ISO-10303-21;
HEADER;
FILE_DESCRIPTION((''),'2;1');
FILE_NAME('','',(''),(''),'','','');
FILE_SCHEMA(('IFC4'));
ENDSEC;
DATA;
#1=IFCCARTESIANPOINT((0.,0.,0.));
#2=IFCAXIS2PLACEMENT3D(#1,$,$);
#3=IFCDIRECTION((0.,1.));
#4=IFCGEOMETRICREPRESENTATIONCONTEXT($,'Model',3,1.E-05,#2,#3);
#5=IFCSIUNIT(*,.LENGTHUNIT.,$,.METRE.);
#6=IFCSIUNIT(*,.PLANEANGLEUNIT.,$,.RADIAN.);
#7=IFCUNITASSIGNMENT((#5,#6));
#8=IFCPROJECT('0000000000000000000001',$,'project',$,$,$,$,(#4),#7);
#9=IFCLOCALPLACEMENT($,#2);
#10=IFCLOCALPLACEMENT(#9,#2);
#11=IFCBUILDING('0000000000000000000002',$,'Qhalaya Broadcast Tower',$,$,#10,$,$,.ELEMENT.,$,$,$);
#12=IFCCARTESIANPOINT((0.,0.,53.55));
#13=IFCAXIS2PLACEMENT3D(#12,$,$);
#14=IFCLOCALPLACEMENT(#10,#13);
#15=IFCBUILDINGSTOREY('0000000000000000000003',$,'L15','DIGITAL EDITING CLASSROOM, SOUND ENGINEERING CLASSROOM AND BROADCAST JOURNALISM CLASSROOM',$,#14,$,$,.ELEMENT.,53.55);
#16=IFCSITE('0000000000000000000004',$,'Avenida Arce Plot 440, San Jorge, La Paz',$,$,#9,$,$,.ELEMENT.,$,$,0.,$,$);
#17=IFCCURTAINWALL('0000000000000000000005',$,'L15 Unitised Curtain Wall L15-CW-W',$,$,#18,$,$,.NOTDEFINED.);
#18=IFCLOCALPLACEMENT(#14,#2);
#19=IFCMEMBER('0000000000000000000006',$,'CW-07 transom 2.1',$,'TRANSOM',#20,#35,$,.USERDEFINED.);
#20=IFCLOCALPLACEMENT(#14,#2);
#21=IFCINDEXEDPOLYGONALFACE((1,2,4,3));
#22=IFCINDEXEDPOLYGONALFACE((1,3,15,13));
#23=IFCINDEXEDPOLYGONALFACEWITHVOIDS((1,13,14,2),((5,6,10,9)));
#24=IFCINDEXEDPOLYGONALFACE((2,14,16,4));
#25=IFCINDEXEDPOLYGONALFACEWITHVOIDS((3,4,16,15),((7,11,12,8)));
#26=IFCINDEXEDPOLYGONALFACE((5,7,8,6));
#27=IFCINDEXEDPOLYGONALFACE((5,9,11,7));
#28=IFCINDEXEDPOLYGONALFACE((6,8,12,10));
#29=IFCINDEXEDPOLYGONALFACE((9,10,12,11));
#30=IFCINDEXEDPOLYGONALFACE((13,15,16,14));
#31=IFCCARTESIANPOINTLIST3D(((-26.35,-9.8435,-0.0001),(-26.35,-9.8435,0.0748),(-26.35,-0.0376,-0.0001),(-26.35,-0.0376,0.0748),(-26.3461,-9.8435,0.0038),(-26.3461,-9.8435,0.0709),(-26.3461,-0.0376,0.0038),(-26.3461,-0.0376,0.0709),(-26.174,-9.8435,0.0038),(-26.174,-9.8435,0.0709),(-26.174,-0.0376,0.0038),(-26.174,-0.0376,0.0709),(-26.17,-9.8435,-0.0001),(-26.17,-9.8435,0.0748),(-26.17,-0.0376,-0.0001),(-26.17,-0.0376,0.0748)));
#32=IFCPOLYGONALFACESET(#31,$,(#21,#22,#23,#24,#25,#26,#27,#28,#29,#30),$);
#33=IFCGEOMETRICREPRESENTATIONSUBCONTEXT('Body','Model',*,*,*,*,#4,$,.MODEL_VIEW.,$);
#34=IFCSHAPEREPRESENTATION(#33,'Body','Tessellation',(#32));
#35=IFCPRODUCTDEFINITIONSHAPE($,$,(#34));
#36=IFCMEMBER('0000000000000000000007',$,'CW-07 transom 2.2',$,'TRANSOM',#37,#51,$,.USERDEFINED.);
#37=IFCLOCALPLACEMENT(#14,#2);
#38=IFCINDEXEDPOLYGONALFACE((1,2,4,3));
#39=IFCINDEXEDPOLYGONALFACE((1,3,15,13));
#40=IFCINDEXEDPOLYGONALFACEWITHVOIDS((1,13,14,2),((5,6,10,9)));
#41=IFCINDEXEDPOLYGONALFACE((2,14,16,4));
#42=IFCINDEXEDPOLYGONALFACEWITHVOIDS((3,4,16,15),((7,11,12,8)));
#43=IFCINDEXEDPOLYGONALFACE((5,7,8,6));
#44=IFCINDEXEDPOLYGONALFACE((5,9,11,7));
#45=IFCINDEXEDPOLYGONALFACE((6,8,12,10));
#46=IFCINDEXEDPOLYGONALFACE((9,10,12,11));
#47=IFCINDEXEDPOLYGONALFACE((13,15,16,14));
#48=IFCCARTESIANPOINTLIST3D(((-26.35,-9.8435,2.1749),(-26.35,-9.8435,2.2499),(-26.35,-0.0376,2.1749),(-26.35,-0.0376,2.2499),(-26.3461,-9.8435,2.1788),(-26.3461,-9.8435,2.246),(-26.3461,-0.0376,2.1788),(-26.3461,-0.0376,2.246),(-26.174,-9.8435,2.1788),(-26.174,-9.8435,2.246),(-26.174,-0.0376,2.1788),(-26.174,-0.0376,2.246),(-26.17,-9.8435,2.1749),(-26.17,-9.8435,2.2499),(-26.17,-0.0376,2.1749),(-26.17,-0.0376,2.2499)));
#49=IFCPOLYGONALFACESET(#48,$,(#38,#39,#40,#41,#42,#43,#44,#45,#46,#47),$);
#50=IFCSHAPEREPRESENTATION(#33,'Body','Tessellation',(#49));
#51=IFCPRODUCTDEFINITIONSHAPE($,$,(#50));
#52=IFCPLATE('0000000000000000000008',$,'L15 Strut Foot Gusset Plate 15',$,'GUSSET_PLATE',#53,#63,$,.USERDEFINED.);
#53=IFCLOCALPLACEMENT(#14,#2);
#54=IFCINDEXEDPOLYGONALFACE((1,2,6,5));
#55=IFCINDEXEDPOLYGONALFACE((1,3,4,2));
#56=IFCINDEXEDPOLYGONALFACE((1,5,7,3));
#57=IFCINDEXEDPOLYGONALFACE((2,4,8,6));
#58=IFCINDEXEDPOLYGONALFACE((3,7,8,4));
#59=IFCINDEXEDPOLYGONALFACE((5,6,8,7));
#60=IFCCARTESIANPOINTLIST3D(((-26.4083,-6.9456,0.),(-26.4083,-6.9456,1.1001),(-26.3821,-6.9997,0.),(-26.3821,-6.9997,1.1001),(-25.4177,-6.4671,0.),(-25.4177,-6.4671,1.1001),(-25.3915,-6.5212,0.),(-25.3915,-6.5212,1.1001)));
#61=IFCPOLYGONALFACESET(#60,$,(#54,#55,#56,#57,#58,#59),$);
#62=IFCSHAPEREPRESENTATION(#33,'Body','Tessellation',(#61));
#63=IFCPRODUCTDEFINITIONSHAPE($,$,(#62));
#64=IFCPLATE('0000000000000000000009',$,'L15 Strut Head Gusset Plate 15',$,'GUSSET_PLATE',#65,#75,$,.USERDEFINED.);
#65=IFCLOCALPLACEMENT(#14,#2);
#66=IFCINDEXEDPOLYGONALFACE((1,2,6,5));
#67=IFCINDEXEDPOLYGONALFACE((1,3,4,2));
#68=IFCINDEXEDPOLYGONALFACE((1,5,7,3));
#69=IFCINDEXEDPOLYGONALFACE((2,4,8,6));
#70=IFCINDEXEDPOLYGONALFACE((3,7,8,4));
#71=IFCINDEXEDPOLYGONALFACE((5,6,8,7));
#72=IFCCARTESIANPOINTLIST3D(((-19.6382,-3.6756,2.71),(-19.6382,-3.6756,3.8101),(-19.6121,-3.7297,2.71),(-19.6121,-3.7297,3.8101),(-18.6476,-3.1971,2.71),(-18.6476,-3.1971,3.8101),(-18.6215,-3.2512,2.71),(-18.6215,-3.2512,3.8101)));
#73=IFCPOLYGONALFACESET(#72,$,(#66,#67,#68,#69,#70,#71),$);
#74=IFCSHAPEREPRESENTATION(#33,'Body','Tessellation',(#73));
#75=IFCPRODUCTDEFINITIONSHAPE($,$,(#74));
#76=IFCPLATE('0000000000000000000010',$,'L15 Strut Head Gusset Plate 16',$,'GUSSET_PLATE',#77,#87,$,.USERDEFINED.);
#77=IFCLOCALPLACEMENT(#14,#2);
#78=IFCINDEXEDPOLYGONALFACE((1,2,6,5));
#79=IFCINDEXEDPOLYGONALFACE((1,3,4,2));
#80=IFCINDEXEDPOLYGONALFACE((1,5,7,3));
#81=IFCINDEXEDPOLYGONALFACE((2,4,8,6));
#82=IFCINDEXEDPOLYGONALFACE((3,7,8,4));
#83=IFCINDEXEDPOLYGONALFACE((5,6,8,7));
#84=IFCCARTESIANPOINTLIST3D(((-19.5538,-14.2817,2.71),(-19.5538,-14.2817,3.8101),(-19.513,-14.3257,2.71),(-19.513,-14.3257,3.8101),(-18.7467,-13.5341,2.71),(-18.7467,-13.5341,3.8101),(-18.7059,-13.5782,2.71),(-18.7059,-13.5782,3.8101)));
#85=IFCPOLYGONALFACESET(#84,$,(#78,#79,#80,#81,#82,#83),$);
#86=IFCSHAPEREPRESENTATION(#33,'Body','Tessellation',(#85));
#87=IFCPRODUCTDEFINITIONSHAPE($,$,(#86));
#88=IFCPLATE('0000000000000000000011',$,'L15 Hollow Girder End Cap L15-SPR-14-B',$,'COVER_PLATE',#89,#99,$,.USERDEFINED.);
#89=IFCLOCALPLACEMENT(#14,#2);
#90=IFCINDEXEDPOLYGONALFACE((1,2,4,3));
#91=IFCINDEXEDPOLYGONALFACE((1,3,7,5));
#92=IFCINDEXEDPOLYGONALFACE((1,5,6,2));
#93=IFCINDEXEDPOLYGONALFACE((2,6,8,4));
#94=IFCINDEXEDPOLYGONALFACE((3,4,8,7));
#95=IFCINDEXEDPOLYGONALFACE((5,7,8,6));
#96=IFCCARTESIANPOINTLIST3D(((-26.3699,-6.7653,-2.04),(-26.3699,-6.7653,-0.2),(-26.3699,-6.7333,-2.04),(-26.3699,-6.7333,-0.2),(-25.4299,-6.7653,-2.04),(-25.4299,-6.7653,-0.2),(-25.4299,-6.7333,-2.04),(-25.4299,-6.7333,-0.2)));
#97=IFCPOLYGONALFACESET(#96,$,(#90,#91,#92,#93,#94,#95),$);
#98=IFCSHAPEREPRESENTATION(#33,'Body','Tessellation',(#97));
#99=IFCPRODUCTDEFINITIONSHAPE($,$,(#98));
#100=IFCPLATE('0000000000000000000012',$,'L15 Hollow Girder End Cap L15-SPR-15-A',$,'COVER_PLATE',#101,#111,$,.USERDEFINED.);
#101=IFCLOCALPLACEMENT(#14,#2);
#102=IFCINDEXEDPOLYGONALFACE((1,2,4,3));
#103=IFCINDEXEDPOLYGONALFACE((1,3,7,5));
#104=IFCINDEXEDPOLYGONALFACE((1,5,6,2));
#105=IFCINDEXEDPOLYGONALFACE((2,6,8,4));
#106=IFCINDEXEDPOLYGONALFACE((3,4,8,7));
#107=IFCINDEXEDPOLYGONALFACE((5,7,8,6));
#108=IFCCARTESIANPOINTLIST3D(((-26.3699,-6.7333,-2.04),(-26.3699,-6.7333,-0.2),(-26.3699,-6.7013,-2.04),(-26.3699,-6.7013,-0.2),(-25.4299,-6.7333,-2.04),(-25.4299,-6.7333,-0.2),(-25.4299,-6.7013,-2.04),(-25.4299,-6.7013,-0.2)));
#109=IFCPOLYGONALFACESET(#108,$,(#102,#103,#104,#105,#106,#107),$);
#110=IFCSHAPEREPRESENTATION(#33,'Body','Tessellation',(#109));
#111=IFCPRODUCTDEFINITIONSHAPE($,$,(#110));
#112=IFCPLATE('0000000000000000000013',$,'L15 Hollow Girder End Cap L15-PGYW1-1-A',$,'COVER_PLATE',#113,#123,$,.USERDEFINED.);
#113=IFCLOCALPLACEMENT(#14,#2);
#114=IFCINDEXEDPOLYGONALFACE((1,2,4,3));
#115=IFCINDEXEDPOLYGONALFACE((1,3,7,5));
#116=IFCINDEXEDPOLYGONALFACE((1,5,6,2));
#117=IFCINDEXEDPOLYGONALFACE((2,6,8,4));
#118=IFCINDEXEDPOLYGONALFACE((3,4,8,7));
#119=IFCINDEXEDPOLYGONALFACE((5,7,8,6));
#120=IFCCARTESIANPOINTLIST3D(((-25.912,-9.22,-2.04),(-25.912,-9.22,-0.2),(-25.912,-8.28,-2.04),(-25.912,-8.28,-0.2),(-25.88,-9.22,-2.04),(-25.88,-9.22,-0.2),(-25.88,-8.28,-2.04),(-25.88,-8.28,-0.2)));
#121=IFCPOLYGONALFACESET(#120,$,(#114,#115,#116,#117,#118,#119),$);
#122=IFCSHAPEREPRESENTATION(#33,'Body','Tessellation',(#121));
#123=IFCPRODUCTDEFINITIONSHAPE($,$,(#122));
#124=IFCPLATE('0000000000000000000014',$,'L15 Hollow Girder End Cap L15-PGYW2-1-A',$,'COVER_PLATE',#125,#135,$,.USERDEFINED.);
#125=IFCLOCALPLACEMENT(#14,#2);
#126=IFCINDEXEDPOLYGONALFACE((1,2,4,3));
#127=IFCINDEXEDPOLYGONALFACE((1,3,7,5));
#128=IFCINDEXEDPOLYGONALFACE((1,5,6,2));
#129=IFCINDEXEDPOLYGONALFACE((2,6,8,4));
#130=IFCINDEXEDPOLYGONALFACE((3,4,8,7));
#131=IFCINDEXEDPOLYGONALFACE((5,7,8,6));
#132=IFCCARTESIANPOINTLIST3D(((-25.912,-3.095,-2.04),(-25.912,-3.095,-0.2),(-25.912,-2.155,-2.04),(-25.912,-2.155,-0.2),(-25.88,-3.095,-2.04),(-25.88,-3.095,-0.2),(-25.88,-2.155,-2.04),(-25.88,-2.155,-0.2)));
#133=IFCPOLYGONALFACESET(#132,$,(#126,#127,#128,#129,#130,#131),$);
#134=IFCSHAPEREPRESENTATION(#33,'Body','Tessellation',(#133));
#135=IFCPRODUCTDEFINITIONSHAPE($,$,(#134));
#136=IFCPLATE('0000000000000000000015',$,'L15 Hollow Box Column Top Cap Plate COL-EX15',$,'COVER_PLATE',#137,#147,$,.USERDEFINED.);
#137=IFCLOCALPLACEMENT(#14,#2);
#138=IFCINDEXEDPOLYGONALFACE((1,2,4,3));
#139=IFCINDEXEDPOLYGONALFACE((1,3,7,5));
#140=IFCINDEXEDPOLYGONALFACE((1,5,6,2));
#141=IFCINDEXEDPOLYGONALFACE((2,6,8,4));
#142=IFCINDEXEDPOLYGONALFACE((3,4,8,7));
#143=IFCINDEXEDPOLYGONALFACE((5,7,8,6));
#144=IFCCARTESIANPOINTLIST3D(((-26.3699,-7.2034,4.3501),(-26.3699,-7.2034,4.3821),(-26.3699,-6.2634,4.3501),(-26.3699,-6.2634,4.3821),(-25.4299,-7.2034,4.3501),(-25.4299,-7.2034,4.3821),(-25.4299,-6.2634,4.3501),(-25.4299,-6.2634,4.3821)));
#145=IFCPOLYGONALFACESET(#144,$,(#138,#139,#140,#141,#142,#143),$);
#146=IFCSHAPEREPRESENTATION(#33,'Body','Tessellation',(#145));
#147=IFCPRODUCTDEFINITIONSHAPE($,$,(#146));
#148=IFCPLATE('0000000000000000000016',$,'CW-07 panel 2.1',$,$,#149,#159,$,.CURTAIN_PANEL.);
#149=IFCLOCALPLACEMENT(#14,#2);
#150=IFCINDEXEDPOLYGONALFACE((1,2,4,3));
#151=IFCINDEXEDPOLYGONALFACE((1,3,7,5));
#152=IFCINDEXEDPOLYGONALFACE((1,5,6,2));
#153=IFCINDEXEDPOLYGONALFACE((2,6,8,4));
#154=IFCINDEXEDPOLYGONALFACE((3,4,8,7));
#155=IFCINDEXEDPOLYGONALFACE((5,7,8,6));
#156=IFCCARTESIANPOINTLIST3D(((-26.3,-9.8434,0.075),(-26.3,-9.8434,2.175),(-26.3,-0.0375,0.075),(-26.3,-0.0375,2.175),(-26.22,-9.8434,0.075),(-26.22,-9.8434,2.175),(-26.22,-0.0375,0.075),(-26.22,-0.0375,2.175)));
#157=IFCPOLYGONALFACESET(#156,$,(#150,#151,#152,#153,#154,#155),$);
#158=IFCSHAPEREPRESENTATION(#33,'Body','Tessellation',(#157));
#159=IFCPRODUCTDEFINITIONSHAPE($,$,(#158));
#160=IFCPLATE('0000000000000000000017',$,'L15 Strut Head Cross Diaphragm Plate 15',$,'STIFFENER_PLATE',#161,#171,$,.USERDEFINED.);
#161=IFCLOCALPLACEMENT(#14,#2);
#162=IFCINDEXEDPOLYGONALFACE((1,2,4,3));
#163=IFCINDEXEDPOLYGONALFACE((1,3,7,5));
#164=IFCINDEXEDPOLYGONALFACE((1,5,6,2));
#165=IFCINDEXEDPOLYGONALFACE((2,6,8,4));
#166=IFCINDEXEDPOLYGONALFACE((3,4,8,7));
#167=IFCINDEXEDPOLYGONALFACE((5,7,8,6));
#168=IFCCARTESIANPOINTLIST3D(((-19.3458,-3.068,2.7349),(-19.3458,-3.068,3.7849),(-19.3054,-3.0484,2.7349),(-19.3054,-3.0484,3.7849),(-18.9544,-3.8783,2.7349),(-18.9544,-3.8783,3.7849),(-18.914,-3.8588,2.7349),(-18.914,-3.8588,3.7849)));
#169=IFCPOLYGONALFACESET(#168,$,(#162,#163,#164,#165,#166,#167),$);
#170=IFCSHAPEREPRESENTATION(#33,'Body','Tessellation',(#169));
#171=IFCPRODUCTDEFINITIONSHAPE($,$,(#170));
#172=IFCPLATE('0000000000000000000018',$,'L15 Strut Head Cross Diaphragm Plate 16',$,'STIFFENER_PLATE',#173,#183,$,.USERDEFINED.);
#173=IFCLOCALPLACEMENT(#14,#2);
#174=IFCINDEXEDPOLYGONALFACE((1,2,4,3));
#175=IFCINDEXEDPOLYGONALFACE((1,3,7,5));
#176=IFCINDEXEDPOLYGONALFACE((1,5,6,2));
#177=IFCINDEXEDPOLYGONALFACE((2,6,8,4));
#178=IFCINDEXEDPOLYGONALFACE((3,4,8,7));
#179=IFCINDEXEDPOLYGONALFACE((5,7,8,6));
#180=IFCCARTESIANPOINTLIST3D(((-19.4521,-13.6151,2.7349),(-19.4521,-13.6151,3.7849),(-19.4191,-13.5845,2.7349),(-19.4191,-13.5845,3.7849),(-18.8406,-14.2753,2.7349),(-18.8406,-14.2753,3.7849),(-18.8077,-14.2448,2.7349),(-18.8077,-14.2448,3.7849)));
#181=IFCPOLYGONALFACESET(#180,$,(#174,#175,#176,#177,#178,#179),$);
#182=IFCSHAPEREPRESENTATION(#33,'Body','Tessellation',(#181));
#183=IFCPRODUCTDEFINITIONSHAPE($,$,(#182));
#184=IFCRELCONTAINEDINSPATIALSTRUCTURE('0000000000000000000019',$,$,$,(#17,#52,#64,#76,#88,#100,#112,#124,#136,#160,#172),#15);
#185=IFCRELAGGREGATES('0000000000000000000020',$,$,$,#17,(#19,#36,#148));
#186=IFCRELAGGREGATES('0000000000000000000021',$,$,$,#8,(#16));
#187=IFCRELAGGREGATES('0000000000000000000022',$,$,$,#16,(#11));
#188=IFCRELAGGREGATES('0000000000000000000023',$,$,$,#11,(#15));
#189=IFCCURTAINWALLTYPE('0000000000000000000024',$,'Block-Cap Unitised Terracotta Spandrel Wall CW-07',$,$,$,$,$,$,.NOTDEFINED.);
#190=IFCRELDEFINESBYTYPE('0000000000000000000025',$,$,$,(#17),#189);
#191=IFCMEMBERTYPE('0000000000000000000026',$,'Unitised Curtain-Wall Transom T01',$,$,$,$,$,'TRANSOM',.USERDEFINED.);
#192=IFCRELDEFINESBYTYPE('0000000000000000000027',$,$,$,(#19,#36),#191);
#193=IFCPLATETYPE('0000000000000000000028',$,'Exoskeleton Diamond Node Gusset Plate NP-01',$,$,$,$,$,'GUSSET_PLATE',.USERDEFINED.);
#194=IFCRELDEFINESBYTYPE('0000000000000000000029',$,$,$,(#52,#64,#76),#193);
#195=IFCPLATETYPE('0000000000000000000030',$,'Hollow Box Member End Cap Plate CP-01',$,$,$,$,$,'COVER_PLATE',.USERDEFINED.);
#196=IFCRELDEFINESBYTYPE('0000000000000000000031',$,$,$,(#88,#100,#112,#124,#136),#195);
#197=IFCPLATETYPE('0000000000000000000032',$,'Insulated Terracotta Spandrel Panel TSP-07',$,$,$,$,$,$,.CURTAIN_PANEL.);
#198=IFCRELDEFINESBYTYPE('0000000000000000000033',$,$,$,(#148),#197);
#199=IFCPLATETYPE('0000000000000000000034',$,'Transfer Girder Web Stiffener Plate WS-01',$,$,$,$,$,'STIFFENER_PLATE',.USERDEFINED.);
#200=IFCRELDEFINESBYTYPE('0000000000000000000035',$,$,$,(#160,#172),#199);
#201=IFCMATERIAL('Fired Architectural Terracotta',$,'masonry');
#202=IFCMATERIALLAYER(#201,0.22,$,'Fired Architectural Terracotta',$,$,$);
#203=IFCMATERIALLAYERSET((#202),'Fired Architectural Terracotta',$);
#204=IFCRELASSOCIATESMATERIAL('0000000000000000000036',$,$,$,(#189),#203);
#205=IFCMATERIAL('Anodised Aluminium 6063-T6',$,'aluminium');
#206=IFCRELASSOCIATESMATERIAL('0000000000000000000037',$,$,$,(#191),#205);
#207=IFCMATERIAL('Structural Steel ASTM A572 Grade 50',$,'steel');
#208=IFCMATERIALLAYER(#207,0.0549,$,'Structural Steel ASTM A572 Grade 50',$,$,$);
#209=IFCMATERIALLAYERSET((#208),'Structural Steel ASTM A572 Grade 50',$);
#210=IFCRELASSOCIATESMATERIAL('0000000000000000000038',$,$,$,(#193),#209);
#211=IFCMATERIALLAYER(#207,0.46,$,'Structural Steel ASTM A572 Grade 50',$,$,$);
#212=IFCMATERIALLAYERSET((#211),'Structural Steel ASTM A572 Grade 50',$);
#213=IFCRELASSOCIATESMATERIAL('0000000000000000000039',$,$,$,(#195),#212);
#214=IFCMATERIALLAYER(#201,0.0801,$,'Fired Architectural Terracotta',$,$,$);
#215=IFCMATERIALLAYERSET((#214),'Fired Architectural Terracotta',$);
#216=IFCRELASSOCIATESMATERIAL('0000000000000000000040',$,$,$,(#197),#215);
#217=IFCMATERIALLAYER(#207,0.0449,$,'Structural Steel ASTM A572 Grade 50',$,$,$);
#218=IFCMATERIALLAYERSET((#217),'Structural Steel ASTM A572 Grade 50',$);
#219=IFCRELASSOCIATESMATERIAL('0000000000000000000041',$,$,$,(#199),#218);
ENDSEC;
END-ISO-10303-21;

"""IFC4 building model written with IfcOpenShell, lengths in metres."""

from ifc_helpers import new_model, si_unit, direction, frame, origin, origin_2d, place, context, subcontext, project, spatial, rectangle, hollow_rectangle, extrude, material, layer, layer_set, material_profile, profile_set, type_object, element, aggregate, save


model = new_model("IFC4")

# Units and contexts
model_context = context("Model", 3, precision=1e-05, world=origin(), true_north=direction((0.0, 1.0)))
body_context = subcontext(model_context, "Body", "Model", "MODEL_VIEW")
ifc_project = project(units=[si_unit("LENGTHUNIT", "METRE"), si_unit("PLANEANGLEUNIT", "RADIAN")], contexts=[model_context])

# Site, building, storey
site_placement = place(None, origin())
site = spatial("IfcSite", under=ifc_project, at=site_placement, Name="Avenida Arce Plot 440, San Jorge, La Paz", CompositionType="ELEMENT", RefElevation=0.0)
building_placement = place(site_placement, origin())
building = spatial("IfcBuilding", under=site, at=building_placement, Name="Qhalaya Broadcast Tower", CompositionType="ELEMENT")
storey_placement = place(building_placement, frame((0.0, 0.0, 53.55)))
storey = spatial("IfcBuildingStorey", under=building, at=storey_placement, Name="L15", Description="DIGITAL EDITING CLASSROOM, SOUND ENGINEERING CLASSROOM AND BROADCAST JOURNALISM CLASSROOM", CompositionType="ELEMENT", Elevation=53.55)

# Shared definitions
ifc_material_1 = material(Name="Structural Steel ASTM A572 Grade 50", Category="steel")

# Curtain wall, members
ifc_material_2 = material(Name="Fired Architectural Terracotta", Category="masonry")
ifc_layer_1 = layer(ifc_material_2, 0.22, Name="Fired Architectural Terracotta")
ifc_layer_set_1 = layer_set([ifc_layer_1], Name="Fired Architectural Terracotta")
curtain_wall_type = type_object("IfcCurtainWallType", Name="Block-Cap Unitised Terracotta Spandrel Wall CW-07", PredefinedType="NOTDEFINED", material=ifc_layer_set_1)
curtain_wall_placement = place(storey_placement, origin())
curtain_wall = element("IfcCurtainWall", 1, at=curtain_wall_placement, inside=storey, type_object=curtain_wall_type, Name="L15 Unitised Curtain Wall L15-CW-W", PredefinedType="NOTDEFINED")
ifc_material_3 = material(Name="Anodised Aluminium 6063-T6", Category="aluminium")
ifc_material_profile_1 = material_profile(ifc_material_3, hollow_rectangle(XDim=0.075, YDim=0.1799, WallThickness=0.0039, at=origin_2d()), Name="ALU-TRN 75x180x4")
ifc_profile_set_1 = profile_set([ifc_material_profile_1], Name="Anodised Aluminium 6063-T6")
member_type_1 = type_object("IfcMemberType", Name="Unitised Curtain-Wall Transom T01", ElementType="TRANSOM", PredefinedType="USERDEFINED", material=ifc_profile_set_1)
member_1_placement = place(storey_placement, frame((-26.26, -9.8435, 0.0374), z_axis=(0.0, 1.0, 0.0), x_axis=(0.0, 0.0, 1.0)))
member_1 = element("IfcMember", 2, at=member_1_placement, type_object=member_type_1, Name="CW-07 transom 2.1", ObjectType="TRANSOM", PredefinedType="USERDEFINED", context=body_context, shape_type="SweptSolid", body=[
    extrude(hollow_rectangle(XDim=0.075, YDim=0.1799, WallThickness=0.0039, at=origin_2d()), origin(), (0.0, 0.0, 1.0), 9.8059),
])
member_2_placement = place(storey_placement, frame((-26.26, -9.8435, 2.2124), z_axis=(0.0, 1.0, 0.0), x_axis=(0.0, 0.0, 1.0)))
member_2 = element("IfcMember", 3, at=member_2_placement, type_object=member_type_1, Name="CW-07 transom 2.2", ObjectType="TRANSOM", PredefinedType="USERDEFINED", context=body_context, shape_type="SweptSolid", body=[
    extrude(hollow_rectangle(XDim=0.075, YDim=0.1799, WallThickness=0.0039, at=origin_2d()), origin(), (0.0, 0.0, 1.0), 9.8059),
])

# Plates
ifc_layer_2 = layer(ifc_material_1, 0.0549, Name="Structural Steel ASTM A572 Grade 50")
ifc_layer_set_2 = layer_set([ifc_layer_2], Name="Structural Steel ASTM A572 Grade 50")
plate_type_1 = type_object("IfcPlateType", Name="Exoskeleton Diamond Node Gusset Plate NP-01", ElementType="GUSSET_PLATE", PredefinedType="USERDEFINED", material=ifc_layer_set_2)
for number, where, z_axis, x_axis, name in (
    (4, (-25.8999, -6.7334, 0.0), (0.0, 0.0, 1.0), (0.900463, 0.434933, 0.0), "L15 Strut Foot Gusset Plate 15"),
    (5, (-19.1299, -3.4634, 2.71), (0.0, 0.0, 1.0), (0.900463, 0.434933, 0.0), "L15 Strut Head Gusset Plate 15"),
    (6, (-19.1299, -13.9299, 2.71), (0.0, 0.0, 1.0), (0.733682, 0.679493, 0.0), "L15 Strut Head Gusset Plate 16"),
):
    element("IfcPlate", number, at=place(storey_placement, frame(where, z_axis=z_axis, x_axis=x_axis)), inside=storey, type_object=plate_type_1, Name=name, ObjectType="GUSSET_PLATE", PredefinedType="USERDEFINED", context=body_context, shape_type="SweptSolid", body=[
        extrude(rectangle(XDim=1.1001, YDim=0.0601, at=origin_2d()), origin(), (0.0, 0.0, 1.0), 1.1001),
    ])
ifc_layer_3 = layer(ifc_material_1, 0.46, Name="Structural Steel ASTM A572 Grade 50")
ifc_layer_set_3 = layer_set([ifc_layer_3], Name="Structural Steel ASTM A572 Grade 50")
plate_type_2 = type_object("IfcPlateType", Name="Hollow Box Member End Cap Plate CP-01", ElementType="COVER_PLATE", PredefinedType="USERDEFINED", material=ifc_layer_set_3)
for number, where, z_axis, x_axis, name in (
    (7, (-25.8999, -6.7493, -2.04), (0.0, 0.0, 1.0), (1.0, 0.0, 0.0), "L15 Hollow Girder End Cap L15-SPR-14-B"),
    (8, (-25.8999, -6.7173, -2.04), (0.0, 0.0, 1.0), (1.0, 0.0, 0.0), "L15 Hollow Girder End Cap L15-SPR-15-A"),
    (9, (-25.896, -8.75, -2.04), (0.0, 0.0, 1.0), (0.0, 1.0, 0.0), "L15 Hollow Girder End Cap L15-PGYW1-1-A"),
    (10, (-25.896, -2.625, -2.04), (0.0, 0.0, 1.0), (0.0, 1.0, 0.0), "L15 Hollow Girder End Cap L15-PGYW2-1-A"),
):
    element("IfcPlate", number, at=place(storey_placement, frame(where, z_axis=z_axis, x_axis=x_axis)), inside=storey, type_object=plate_type_2, Name=name, ObjectType="COVER_PLATE", PredefinedType="USERDEFINED", context=body_context, shape_type="SweptSolid", body=[
        extrude(rectangle(XDim=0.9399, YDim=0.032, at=origin_2d()), origin(), (0.0, 0.0, 1.0), 1.8401),
    ])
plate_1_placement = place(storey_placement, frame((-25.8999, -6.7334, 4.3501), z_axis=(0.0, 0.0, 1.0), x_axis=(0.0, 1.0, 0.0)))
element("IfcPlate", 11, at=plate_1_placement, inside=storey, type_object=plate_type_2, Name="L15 Hollow Box Column Top Cap Plate COL-EX15", ObjectType="COVER_PLATE", PredefinedType="USERDEFINED", context=body_context, shape_type="SweptSolid", body=[
    extrude(rectangle(XDim=0.9399, YDim=0.9399, at=origin_2d()), origin(), (0.0, 0.0, 1.0), 0.032),
])

# Plate
ifc_layer_4 = layer(ifc_material_2, 0.0801, Name="Fired Architectural Terracotta")
ifc_layer_set_4 = layer_set([ifc_layer_4], Name="Fired Architectural Terracotta")
plate_type_3 = type_object("IfcPlateType", Name="Insulated Terracotta Spandrel Panel TSP-07", PredefinedType="CURTAIN_PANEL", material=ifc_layer_set_4)
plate_2_placement = place(storey_placement, frame((-26.26, -4.9404, 0.075), z_axis=(0.0, 0.0, 1.0), x_axis=(0.0, 1.0, 0.0)))
plate_2 = element("IfcPlate", 12, at=plate_2_placement, type_object=plate_type_3, Name="CW-07 panel 2.1", PredefinedType="CURTAIN_PANEL", context=body_context, shape_type="SweptSolid", body=[
    extrude(rectangle(XDim=9.8059, YDim=0.0801, at=origin_2d()), origin(), (0.0, 0.0, 1.0), 2.1001),
])
aggregate(curtain_wall, [member_1, member_2, plate_2])

# Plates
ifc_layer_5 = layer(ifc_material_1, 0.0449, Name="Structural Steel ASTM A572 Grade 50")
ifc_layer_set_5 = layer_set([ifc_layer_5], Name="Structural Steel ASTM A572 Grade 50")
plate_type_4 = type_object("IfcPlateType", Name="Transfer Girder Web Stiffener Plate WS-01", ElementType="STIFFENER_PLATE", PredefinedType="USERDEFINED", material=ifc_layer_set_5)
for number, where, z_axis, x_axis, name in (
    (13, (-19.1299, -3.4634, 2.7349), (0.0, 0.0, 1.0), (-0.434933, 0.900463, 0.0), "L15 Strut Head Cross Diaphragm Plate 15"),
    (14, (-19.1299, -13.9299, 2.7349), (0.0, 0.0, 1.0), (-0.679493, 0.733682, 0.0), "L15 Strut Head Cross Diaphragm Plate 16"),
):
    element("IfcPlate", number, at=place(storey_placement, frame(where, z_axis=z_axis, x_axis=x_axis)), inside=storey, type_object=plate_type_4, Name=name, ObjectType="STIFFENER_PLATE", PredefinedType="USERDEFINED", context=body_context, shape_type="SweptSolid", body=[
        extrude(rectangle(XDim=0.8999, YDim=0.0449, at=origin_2d()), origin(), (0.0, 0.0, 1.0), 1.05),
    ])

save(model, "model.ifc")
